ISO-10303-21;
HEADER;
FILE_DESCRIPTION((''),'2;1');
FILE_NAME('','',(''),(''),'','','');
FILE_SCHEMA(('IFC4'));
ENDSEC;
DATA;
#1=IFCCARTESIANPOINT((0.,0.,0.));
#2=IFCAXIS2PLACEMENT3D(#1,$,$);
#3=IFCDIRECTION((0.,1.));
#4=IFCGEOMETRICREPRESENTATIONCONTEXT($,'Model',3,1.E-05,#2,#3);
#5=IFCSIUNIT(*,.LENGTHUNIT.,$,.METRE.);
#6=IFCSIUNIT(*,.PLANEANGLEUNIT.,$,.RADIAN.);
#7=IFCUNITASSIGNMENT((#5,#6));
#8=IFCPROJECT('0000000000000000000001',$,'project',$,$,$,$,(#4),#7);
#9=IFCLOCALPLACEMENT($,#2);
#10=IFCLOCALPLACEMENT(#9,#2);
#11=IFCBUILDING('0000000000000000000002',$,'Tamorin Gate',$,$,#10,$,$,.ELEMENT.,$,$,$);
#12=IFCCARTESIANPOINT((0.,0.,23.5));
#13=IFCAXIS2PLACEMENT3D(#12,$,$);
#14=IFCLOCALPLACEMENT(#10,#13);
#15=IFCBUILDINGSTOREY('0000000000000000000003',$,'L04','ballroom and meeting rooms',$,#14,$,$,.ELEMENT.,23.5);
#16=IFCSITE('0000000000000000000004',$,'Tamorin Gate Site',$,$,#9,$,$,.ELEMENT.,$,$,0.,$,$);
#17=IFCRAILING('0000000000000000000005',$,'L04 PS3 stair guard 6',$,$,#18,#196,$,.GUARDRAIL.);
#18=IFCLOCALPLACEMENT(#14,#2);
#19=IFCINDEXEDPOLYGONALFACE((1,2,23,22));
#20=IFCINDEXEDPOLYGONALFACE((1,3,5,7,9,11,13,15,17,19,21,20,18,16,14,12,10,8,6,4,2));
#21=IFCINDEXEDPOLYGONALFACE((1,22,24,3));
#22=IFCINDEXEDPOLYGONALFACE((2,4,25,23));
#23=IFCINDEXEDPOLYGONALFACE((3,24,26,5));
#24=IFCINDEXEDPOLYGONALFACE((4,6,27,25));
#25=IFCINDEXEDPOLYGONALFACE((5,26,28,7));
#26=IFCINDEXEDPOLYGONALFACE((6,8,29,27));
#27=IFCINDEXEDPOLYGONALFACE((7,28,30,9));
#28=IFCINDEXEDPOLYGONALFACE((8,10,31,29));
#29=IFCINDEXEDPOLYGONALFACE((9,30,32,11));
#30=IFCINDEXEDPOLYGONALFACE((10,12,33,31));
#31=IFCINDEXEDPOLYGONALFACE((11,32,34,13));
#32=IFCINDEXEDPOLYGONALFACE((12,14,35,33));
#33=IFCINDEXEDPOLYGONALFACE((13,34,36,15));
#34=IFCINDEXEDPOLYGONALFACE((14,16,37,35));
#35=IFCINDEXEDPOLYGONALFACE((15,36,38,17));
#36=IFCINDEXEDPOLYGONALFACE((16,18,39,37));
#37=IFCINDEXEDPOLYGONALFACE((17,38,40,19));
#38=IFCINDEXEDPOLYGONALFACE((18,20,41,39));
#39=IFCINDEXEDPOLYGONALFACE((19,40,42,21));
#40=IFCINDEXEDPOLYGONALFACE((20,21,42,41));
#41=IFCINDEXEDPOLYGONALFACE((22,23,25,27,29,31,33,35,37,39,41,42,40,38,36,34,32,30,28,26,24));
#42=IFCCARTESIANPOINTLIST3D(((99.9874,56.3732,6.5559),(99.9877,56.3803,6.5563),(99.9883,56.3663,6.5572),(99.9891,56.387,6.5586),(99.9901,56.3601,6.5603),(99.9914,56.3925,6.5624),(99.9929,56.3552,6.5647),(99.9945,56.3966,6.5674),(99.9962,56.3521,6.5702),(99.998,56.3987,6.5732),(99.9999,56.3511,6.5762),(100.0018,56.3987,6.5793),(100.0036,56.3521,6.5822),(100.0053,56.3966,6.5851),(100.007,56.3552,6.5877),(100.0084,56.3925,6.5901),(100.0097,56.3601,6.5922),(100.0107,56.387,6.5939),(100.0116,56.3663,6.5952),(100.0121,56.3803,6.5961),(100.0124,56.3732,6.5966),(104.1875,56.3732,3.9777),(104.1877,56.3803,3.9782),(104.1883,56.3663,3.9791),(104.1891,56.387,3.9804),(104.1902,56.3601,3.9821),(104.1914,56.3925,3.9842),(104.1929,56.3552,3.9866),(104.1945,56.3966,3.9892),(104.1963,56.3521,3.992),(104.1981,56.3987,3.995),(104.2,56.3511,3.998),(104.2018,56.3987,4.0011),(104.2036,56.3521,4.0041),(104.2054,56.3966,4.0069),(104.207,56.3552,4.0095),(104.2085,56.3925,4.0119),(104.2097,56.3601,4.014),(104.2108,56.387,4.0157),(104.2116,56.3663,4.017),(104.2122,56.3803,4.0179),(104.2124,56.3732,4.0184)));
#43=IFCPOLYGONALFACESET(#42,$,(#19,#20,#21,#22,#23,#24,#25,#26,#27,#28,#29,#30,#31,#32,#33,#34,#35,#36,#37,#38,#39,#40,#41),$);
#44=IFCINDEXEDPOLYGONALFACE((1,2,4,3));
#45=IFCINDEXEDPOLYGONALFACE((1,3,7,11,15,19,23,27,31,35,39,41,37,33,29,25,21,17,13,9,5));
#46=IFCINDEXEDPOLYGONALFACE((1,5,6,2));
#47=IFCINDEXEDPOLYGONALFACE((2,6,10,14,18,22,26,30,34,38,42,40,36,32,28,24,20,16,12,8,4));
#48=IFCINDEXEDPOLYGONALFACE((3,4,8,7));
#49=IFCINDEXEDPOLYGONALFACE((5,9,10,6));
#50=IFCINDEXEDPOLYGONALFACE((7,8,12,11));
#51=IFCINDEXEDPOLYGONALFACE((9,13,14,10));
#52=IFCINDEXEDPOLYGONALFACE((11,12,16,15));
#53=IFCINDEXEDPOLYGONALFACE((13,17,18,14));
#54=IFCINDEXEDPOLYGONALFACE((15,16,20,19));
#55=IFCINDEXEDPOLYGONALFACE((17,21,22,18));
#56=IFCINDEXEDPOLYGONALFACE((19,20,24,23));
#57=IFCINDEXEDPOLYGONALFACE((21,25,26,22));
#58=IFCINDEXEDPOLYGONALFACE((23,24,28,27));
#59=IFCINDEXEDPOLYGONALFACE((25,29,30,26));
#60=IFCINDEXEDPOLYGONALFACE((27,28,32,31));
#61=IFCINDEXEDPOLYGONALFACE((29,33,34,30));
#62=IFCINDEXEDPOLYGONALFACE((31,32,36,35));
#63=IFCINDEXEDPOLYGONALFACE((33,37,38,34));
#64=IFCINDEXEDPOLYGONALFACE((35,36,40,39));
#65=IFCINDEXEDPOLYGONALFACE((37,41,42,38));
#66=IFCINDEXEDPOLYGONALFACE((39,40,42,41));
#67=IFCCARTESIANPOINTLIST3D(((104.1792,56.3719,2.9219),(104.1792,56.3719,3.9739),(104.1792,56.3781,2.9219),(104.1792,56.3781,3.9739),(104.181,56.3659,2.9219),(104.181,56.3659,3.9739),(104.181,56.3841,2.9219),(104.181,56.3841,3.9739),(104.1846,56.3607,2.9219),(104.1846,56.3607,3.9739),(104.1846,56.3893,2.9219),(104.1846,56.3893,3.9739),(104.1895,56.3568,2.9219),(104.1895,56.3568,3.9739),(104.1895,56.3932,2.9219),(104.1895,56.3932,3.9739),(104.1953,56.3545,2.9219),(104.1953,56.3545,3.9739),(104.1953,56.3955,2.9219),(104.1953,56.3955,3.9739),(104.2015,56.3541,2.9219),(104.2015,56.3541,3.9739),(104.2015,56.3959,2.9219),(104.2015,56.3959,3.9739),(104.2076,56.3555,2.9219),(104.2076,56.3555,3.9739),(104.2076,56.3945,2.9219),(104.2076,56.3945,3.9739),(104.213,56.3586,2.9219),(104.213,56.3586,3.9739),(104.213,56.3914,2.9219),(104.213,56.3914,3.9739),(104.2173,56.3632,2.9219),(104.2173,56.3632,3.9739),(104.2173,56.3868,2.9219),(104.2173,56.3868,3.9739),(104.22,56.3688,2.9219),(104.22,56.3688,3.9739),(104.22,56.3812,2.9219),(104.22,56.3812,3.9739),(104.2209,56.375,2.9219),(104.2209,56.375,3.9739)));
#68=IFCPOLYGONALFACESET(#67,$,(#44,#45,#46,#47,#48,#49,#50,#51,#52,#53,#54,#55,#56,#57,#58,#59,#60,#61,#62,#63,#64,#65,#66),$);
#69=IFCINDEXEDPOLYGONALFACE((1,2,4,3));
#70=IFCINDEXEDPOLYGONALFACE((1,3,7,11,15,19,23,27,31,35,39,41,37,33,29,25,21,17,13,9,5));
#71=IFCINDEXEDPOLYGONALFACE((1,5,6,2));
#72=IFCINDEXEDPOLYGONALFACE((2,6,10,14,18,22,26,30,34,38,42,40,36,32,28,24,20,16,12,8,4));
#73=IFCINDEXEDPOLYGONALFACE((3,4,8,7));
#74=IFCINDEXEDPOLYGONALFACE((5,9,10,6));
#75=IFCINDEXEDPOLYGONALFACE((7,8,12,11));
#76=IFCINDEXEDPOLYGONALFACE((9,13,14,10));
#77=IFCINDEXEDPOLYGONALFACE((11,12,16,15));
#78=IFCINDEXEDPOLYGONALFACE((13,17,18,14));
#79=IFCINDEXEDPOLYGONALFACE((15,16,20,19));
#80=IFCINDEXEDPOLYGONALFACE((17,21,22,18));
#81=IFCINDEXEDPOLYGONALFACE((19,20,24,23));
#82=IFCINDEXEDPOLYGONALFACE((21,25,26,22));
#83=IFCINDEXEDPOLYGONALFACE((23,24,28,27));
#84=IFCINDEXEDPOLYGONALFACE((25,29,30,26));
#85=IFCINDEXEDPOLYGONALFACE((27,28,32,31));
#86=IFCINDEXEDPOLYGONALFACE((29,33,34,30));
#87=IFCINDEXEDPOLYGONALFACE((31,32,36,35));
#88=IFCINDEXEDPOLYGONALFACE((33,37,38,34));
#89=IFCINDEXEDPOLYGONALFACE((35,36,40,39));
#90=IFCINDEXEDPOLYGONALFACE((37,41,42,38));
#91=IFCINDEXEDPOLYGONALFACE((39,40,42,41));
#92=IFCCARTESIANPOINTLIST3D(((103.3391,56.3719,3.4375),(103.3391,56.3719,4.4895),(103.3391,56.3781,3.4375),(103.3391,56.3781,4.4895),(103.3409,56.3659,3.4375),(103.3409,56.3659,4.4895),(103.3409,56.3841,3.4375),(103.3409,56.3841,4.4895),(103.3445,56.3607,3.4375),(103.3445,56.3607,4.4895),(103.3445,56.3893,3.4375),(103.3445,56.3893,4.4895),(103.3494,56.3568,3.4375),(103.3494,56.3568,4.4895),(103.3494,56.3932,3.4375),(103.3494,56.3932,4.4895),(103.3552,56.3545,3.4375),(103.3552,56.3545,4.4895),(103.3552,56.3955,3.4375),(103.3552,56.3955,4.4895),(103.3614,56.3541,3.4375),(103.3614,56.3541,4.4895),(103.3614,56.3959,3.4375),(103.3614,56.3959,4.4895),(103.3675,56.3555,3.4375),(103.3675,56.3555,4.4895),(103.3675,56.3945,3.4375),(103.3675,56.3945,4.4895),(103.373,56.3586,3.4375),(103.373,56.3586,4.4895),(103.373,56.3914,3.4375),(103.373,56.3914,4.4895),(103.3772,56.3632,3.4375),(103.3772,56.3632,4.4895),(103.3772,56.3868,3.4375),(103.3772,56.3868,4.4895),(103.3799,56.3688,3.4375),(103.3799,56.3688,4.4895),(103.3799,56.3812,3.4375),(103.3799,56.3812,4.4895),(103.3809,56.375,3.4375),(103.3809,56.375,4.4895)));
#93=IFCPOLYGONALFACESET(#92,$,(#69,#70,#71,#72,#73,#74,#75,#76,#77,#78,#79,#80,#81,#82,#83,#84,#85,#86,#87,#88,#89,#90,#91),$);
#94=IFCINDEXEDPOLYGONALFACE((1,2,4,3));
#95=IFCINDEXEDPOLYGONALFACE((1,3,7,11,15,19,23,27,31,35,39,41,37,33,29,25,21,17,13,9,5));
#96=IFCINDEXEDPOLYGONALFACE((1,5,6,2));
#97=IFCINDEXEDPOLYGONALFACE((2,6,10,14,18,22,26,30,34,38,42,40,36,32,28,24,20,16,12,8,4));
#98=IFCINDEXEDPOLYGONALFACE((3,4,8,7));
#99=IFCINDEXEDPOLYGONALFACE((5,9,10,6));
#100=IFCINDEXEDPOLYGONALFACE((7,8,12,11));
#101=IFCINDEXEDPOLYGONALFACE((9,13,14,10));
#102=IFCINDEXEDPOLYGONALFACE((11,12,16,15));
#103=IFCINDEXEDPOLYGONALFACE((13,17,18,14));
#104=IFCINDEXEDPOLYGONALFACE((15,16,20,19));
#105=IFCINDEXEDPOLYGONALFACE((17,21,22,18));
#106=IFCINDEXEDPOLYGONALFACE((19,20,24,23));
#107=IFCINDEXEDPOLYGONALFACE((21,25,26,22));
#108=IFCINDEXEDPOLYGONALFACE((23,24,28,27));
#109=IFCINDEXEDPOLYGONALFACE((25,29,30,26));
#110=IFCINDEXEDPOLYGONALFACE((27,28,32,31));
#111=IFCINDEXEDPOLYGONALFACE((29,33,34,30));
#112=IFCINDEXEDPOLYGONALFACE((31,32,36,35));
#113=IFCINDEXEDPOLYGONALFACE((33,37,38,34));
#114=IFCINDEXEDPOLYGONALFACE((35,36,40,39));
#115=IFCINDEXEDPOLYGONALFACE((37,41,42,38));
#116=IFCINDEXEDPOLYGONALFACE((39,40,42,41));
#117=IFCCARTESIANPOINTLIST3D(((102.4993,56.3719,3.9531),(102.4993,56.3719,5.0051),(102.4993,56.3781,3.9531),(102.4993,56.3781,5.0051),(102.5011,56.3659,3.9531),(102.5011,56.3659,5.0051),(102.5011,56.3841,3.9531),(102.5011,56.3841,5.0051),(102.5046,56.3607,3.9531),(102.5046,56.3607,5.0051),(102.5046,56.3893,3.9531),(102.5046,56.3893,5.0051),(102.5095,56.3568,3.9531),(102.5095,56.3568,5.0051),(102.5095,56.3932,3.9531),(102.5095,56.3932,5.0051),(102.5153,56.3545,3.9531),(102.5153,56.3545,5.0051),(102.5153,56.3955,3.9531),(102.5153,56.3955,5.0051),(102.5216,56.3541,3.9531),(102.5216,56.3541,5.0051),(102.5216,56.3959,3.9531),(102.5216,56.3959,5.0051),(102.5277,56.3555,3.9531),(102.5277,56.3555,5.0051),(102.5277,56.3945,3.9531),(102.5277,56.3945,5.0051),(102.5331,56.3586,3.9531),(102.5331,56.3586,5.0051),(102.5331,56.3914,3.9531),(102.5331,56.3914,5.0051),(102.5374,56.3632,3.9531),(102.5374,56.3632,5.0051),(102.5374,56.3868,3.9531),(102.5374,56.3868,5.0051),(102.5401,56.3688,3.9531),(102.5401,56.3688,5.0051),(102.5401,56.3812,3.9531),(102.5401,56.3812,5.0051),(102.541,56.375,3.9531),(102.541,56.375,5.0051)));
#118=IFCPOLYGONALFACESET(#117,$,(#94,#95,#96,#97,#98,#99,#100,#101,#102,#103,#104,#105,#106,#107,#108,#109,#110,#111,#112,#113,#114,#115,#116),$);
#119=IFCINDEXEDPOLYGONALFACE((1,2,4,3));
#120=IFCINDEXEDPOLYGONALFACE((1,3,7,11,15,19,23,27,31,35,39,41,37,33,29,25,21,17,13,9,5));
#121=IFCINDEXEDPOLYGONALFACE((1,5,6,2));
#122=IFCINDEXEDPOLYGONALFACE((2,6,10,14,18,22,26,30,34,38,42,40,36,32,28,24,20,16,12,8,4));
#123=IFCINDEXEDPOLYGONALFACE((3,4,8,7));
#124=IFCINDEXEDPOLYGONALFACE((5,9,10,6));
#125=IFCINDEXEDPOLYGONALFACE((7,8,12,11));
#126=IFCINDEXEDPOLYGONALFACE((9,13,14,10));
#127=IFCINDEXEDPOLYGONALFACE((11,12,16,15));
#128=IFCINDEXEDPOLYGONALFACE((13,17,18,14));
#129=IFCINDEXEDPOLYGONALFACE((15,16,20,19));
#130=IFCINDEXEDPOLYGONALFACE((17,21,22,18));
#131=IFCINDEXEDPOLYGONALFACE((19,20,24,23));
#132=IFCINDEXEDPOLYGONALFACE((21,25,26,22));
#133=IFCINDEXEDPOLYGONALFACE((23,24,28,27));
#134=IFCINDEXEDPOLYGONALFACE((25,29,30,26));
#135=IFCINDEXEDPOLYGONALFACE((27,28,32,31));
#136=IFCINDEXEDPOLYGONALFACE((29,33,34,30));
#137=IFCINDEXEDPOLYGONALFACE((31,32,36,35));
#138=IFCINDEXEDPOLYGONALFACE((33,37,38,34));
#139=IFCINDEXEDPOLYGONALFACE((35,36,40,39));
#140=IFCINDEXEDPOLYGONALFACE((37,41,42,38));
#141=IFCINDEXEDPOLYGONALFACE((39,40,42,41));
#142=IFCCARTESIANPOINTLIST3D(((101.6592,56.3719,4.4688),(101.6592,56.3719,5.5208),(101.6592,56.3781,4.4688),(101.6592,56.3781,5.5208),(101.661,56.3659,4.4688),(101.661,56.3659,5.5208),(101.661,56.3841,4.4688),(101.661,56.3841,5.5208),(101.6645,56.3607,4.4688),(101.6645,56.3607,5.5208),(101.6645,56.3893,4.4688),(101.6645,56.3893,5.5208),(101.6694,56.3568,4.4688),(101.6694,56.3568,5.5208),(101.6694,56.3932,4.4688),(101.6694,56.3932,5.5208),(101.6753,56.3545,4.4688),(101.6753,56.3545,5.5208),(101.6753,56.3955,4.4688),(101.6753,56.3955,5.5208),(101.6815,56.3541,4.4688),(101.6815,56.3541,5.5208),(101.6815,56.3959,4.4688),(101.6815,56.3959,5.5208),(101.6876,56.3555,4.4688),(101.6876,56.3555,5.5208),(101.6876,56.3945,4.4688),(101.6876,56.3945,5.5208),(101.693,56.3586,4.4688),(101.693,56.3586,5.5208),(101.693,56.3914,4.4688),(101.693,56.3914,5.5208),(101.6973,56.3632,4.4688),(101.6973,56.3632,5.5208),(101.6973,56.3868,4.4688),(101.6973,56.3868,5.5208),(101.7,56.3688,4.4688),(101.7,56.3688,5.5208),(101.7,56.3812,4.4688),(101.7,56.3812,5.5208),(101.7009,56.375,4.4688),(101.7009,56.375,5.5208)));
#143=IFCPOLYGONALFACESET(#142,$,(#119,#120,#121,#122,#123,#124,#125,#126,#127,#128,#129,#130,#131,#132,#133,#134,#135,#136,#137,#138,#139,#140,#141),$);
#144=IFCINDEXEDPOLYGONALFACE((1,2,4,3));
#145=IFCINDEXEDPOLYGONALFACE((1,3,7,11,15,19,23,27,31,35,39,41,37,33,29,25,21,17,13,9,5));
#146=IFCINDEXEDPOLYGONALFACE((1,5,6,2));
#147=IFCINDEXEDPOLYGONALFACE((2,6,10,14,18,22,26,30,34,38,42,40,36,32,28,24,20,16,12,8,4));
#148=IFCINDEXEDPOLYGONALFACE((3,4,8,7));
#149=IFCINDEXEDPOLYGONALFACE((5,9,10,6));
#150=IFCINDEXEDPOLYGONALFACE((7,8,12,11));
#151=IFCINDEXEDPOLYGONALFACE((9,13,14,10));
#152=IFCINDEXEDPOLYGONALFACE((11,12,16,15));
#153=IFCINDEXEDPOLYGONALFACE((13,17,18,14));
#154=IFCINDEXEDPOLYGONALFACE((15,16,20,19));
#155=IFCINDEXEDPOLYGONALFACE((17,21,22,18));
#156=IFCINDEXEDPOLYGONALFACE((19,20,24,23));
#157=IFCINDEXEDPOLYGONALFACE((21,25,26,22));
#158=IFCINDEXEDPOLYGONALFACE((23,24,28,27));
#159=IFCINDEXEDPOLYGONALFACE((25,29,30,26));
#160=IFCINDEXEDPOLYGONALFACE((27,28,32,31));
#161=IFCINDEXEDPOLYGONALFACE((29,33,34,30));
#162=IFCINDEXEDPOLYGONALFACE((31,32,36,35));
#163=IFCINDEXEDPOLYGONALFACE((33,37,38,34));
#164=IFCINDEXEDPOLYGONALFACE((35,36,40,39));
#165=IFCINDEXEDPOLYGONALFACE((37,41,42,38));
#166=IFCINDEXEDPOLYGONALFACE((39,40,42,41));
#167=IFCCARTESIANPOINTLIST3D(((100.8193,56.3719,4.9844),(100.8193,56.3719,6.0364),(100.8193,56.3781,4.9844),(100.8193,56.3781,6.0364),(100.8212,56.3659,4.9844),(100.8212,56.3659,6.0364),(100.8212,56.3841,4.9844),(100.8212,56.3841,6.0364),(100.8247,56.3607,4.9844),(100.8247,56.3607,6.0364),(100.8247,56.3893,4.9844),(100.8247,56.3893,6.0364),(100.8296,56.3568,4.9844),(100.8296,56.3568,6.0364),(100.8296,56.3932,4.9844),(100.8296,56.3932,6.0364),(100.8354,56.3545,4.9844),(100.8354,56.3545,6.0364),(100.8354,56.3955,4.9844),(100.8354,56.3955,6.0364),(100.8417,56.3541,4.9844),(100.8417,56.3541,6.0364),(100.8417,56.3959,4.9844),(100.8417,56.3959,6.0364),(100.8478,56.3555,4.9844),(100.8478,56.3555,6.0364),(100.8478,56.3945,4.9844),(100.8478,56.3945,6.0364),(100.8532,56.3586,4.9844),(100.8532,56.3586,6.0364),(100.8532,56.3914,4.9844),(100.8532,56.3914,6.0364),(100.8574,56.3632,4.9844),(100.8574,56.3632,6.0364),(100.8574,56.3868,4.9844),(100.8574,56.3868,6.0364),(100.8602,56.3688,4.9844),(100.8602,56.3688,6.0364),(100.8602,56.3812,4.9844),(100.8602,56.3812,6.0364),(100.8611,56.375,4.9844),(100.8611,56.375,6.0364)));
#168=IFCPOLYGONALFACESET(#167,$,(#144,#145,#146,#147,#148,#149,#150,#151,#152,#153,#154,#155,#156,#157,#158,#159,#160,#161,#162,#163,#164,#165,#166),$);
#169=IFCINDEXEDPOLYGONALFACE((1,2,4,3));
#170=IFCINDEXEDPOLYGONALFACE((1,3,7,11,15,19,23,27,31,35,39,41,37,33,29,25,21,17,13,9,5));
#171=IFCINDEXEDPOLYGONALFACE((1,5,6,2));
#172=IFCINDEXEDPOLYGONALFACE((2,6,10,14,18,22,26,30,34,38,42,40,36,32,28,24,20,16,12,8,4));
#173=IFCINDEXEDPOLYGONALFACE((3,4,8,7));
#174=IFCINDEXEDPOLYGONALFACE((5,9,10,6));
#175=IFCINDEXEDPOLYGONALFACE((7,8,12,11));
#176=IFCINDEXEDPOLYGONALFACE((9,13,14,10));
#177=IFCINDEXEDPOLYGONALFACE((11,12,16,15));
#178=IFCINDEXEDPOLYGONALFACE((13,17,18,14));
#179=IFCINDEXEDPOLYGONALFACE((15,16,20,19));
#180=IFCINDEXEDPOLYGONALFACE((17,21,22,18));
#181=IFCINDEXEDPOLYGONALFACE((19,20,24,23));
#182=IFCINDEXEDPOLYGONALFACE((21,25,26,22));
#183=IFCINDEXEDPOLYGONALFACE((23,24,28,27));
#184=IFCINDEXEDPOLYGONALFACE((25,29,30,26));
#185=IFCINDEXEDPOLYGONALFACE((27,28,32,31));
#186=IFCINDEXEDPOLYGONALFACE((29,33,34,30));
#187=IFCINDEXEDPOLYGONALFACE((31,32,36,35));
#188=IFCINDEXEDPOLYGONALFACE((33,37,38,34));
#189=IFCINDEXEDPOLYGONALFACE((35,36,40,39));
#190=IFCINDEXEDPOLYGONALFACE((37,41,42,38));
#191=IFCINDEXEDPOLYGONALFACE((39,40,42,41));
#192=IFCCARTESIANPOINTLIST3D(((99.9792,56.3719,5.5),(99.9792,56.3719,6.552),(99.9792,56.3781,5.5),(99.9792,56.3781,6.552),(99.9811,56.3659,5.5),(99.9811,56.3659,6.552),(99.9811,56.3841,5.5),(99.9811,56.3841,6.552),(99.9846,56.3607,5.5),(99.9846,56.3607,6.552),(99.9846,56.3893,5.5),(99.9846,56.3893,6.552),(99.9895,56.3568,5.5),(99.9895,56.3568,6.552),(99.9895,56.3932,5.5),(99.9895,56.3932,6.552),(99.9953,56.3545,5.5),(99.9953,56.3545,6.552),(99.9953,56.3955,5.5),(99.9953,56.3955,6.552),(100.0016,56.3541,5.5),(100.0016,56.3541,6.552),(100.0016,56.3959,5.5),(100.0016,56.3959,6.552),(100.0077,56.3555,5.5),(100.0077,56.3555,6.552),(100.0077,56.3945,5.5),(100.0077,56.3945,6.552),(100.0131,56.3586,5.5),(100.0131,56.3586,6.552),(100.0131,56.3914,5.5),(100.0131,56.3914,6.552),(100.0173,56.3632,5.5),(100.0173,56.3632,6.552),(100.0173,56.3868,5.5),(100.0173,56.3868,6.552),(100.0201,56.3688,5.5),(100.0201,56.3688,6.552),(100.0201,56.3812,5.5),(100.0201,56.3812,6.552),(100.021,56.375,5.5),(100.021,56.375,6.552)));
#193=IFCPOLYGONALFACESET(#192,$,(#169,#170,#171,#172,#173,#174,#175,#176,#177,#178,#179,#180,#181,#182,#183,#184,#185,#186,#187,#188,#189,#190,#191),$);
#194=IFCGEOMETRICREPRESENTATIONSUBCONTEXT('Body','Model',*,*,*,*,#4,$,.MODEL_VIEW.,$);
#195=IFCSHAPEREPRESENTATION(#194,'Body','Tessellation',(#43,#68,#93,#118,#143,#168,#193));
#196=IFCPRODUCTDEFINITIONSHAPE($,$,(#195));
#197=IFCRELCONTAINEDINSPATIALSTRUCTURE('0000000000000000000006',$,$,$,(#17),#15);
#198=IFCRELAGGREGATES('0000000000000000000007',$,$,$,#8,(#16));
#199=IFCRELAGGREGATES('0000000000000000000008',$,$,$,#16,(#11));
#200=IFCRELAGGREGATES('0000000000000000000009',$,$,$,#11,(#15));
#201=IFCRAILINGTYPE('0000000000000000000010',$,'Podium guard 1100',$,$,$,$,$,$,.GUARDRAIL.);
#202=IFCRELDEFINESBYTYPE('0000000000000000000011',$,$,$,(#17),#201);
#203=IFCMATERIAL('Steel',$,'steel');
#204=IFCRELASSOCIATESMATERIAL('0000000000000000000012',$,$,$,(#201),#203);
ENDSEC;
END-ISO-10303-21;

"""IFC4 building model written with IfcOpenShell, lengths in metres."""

from ifc_helpers import new_model, si_unit, direction, frame, origin, origin_2d, place, context, subcontext, project, spatial, circle, extrude, material, type_object, element, save


model = new_model("IFC4")

# Units and contexts
model_context = context("Model", 3, precision=1e-05, world=origin(), true_north=direction((0.0, 1.0)))
body_context = subcontext(model_context, "Body", "Model", "MODEL_VIEW")
ifc_project = project(units=[si_unit("LENGTHUNIT", "METRE"), si_unit("PLANEANGLEUNIT", "RADIAN")], contexts=[model_context])

# Site, building, storey
site_placement = place(None, origin())
site = spatial("IfcSite", under=ifc_project, at=site_placement, Name="Tamorin Gate Site", CompositionType="ELEMENT", RefElevation=0.0)
building_placement = place(site_placement, origin())
building = spatial("IfcBuilding", under=site, at=building_placement, Name="Tamorin Gate", CompositionType="ELEMENT")
storey_placement = place(building_placement, frame((0.0, 0.0, 23.5)))
storey = spatial("IfcBuildingStorey", under=building, at=storey_placement, Name="L04", Description="ballroom and meeting rooms", CompositionType="ELEMENT", Elevation=23.5)

# Railing
ifc_material_1 = material(Name="Steel", Category="steel")
railing_type_1 = type_object("IfcRailingType", Name="Podium guard 1100", PredefinedType="GUARDRAIL", material=ifc_material_1)
railing_1_placement = place(storey_placement, frame((104.2, 56.375, 2.9219)))
element("IfcRailing", 1, at=railing_1_placement, inside=storey, type_object=railing_type_1, Name="L04 PS3 stair guard 6", PredefinedType="GUARDRAIL", context=body_context, shape_type="SweptSolid", body=[
    extrude(circle(Radius=0.0239, at=origin_2d()), frame((0.0, 0.0, 1.0762), z_axis=(-0.852243, 0.0, 0.523146), x_axis=(0.0, -1.0, 0.0)), (0.0, 0.0, 1.0), 4.9282),
    extrude(circle(Radius=0.021, at=origin_2d()), origin(), (0.0, 0.0, 1.0), 1.052),
    extrude(circle(Radius=0.021, at=origin_2d()), frame((-0.8401, 0.0, 0.5156)), (0.0, 0.0, 1.0), 1.052),
    extrude(circle(Radius=0.021, at=origin_2d()), frame((-1.6799, 0.0, 1.0312)), (0.0, 0.0, 1.0), 1.052),
    extrude(circle(Radius=0.021, at=origin_2d()), frame((-2.52, 0.0, 1.5469)), (0.0, 0.0, 1.0), 1.052),
    extrude(circle(Radius=0.021, at=origin_2d()), frame((-3.3599, 0.0, 2.0625)), (0.0, 0.0, 1.0), 1.052),
    extrude(circle(Radius=0.021, at=origin_2d()), frame((-4.2, 0.0, 2.5781)), (0.0, 0.0, 1.0), 1.052),
])

save(model, "model.ifc")
